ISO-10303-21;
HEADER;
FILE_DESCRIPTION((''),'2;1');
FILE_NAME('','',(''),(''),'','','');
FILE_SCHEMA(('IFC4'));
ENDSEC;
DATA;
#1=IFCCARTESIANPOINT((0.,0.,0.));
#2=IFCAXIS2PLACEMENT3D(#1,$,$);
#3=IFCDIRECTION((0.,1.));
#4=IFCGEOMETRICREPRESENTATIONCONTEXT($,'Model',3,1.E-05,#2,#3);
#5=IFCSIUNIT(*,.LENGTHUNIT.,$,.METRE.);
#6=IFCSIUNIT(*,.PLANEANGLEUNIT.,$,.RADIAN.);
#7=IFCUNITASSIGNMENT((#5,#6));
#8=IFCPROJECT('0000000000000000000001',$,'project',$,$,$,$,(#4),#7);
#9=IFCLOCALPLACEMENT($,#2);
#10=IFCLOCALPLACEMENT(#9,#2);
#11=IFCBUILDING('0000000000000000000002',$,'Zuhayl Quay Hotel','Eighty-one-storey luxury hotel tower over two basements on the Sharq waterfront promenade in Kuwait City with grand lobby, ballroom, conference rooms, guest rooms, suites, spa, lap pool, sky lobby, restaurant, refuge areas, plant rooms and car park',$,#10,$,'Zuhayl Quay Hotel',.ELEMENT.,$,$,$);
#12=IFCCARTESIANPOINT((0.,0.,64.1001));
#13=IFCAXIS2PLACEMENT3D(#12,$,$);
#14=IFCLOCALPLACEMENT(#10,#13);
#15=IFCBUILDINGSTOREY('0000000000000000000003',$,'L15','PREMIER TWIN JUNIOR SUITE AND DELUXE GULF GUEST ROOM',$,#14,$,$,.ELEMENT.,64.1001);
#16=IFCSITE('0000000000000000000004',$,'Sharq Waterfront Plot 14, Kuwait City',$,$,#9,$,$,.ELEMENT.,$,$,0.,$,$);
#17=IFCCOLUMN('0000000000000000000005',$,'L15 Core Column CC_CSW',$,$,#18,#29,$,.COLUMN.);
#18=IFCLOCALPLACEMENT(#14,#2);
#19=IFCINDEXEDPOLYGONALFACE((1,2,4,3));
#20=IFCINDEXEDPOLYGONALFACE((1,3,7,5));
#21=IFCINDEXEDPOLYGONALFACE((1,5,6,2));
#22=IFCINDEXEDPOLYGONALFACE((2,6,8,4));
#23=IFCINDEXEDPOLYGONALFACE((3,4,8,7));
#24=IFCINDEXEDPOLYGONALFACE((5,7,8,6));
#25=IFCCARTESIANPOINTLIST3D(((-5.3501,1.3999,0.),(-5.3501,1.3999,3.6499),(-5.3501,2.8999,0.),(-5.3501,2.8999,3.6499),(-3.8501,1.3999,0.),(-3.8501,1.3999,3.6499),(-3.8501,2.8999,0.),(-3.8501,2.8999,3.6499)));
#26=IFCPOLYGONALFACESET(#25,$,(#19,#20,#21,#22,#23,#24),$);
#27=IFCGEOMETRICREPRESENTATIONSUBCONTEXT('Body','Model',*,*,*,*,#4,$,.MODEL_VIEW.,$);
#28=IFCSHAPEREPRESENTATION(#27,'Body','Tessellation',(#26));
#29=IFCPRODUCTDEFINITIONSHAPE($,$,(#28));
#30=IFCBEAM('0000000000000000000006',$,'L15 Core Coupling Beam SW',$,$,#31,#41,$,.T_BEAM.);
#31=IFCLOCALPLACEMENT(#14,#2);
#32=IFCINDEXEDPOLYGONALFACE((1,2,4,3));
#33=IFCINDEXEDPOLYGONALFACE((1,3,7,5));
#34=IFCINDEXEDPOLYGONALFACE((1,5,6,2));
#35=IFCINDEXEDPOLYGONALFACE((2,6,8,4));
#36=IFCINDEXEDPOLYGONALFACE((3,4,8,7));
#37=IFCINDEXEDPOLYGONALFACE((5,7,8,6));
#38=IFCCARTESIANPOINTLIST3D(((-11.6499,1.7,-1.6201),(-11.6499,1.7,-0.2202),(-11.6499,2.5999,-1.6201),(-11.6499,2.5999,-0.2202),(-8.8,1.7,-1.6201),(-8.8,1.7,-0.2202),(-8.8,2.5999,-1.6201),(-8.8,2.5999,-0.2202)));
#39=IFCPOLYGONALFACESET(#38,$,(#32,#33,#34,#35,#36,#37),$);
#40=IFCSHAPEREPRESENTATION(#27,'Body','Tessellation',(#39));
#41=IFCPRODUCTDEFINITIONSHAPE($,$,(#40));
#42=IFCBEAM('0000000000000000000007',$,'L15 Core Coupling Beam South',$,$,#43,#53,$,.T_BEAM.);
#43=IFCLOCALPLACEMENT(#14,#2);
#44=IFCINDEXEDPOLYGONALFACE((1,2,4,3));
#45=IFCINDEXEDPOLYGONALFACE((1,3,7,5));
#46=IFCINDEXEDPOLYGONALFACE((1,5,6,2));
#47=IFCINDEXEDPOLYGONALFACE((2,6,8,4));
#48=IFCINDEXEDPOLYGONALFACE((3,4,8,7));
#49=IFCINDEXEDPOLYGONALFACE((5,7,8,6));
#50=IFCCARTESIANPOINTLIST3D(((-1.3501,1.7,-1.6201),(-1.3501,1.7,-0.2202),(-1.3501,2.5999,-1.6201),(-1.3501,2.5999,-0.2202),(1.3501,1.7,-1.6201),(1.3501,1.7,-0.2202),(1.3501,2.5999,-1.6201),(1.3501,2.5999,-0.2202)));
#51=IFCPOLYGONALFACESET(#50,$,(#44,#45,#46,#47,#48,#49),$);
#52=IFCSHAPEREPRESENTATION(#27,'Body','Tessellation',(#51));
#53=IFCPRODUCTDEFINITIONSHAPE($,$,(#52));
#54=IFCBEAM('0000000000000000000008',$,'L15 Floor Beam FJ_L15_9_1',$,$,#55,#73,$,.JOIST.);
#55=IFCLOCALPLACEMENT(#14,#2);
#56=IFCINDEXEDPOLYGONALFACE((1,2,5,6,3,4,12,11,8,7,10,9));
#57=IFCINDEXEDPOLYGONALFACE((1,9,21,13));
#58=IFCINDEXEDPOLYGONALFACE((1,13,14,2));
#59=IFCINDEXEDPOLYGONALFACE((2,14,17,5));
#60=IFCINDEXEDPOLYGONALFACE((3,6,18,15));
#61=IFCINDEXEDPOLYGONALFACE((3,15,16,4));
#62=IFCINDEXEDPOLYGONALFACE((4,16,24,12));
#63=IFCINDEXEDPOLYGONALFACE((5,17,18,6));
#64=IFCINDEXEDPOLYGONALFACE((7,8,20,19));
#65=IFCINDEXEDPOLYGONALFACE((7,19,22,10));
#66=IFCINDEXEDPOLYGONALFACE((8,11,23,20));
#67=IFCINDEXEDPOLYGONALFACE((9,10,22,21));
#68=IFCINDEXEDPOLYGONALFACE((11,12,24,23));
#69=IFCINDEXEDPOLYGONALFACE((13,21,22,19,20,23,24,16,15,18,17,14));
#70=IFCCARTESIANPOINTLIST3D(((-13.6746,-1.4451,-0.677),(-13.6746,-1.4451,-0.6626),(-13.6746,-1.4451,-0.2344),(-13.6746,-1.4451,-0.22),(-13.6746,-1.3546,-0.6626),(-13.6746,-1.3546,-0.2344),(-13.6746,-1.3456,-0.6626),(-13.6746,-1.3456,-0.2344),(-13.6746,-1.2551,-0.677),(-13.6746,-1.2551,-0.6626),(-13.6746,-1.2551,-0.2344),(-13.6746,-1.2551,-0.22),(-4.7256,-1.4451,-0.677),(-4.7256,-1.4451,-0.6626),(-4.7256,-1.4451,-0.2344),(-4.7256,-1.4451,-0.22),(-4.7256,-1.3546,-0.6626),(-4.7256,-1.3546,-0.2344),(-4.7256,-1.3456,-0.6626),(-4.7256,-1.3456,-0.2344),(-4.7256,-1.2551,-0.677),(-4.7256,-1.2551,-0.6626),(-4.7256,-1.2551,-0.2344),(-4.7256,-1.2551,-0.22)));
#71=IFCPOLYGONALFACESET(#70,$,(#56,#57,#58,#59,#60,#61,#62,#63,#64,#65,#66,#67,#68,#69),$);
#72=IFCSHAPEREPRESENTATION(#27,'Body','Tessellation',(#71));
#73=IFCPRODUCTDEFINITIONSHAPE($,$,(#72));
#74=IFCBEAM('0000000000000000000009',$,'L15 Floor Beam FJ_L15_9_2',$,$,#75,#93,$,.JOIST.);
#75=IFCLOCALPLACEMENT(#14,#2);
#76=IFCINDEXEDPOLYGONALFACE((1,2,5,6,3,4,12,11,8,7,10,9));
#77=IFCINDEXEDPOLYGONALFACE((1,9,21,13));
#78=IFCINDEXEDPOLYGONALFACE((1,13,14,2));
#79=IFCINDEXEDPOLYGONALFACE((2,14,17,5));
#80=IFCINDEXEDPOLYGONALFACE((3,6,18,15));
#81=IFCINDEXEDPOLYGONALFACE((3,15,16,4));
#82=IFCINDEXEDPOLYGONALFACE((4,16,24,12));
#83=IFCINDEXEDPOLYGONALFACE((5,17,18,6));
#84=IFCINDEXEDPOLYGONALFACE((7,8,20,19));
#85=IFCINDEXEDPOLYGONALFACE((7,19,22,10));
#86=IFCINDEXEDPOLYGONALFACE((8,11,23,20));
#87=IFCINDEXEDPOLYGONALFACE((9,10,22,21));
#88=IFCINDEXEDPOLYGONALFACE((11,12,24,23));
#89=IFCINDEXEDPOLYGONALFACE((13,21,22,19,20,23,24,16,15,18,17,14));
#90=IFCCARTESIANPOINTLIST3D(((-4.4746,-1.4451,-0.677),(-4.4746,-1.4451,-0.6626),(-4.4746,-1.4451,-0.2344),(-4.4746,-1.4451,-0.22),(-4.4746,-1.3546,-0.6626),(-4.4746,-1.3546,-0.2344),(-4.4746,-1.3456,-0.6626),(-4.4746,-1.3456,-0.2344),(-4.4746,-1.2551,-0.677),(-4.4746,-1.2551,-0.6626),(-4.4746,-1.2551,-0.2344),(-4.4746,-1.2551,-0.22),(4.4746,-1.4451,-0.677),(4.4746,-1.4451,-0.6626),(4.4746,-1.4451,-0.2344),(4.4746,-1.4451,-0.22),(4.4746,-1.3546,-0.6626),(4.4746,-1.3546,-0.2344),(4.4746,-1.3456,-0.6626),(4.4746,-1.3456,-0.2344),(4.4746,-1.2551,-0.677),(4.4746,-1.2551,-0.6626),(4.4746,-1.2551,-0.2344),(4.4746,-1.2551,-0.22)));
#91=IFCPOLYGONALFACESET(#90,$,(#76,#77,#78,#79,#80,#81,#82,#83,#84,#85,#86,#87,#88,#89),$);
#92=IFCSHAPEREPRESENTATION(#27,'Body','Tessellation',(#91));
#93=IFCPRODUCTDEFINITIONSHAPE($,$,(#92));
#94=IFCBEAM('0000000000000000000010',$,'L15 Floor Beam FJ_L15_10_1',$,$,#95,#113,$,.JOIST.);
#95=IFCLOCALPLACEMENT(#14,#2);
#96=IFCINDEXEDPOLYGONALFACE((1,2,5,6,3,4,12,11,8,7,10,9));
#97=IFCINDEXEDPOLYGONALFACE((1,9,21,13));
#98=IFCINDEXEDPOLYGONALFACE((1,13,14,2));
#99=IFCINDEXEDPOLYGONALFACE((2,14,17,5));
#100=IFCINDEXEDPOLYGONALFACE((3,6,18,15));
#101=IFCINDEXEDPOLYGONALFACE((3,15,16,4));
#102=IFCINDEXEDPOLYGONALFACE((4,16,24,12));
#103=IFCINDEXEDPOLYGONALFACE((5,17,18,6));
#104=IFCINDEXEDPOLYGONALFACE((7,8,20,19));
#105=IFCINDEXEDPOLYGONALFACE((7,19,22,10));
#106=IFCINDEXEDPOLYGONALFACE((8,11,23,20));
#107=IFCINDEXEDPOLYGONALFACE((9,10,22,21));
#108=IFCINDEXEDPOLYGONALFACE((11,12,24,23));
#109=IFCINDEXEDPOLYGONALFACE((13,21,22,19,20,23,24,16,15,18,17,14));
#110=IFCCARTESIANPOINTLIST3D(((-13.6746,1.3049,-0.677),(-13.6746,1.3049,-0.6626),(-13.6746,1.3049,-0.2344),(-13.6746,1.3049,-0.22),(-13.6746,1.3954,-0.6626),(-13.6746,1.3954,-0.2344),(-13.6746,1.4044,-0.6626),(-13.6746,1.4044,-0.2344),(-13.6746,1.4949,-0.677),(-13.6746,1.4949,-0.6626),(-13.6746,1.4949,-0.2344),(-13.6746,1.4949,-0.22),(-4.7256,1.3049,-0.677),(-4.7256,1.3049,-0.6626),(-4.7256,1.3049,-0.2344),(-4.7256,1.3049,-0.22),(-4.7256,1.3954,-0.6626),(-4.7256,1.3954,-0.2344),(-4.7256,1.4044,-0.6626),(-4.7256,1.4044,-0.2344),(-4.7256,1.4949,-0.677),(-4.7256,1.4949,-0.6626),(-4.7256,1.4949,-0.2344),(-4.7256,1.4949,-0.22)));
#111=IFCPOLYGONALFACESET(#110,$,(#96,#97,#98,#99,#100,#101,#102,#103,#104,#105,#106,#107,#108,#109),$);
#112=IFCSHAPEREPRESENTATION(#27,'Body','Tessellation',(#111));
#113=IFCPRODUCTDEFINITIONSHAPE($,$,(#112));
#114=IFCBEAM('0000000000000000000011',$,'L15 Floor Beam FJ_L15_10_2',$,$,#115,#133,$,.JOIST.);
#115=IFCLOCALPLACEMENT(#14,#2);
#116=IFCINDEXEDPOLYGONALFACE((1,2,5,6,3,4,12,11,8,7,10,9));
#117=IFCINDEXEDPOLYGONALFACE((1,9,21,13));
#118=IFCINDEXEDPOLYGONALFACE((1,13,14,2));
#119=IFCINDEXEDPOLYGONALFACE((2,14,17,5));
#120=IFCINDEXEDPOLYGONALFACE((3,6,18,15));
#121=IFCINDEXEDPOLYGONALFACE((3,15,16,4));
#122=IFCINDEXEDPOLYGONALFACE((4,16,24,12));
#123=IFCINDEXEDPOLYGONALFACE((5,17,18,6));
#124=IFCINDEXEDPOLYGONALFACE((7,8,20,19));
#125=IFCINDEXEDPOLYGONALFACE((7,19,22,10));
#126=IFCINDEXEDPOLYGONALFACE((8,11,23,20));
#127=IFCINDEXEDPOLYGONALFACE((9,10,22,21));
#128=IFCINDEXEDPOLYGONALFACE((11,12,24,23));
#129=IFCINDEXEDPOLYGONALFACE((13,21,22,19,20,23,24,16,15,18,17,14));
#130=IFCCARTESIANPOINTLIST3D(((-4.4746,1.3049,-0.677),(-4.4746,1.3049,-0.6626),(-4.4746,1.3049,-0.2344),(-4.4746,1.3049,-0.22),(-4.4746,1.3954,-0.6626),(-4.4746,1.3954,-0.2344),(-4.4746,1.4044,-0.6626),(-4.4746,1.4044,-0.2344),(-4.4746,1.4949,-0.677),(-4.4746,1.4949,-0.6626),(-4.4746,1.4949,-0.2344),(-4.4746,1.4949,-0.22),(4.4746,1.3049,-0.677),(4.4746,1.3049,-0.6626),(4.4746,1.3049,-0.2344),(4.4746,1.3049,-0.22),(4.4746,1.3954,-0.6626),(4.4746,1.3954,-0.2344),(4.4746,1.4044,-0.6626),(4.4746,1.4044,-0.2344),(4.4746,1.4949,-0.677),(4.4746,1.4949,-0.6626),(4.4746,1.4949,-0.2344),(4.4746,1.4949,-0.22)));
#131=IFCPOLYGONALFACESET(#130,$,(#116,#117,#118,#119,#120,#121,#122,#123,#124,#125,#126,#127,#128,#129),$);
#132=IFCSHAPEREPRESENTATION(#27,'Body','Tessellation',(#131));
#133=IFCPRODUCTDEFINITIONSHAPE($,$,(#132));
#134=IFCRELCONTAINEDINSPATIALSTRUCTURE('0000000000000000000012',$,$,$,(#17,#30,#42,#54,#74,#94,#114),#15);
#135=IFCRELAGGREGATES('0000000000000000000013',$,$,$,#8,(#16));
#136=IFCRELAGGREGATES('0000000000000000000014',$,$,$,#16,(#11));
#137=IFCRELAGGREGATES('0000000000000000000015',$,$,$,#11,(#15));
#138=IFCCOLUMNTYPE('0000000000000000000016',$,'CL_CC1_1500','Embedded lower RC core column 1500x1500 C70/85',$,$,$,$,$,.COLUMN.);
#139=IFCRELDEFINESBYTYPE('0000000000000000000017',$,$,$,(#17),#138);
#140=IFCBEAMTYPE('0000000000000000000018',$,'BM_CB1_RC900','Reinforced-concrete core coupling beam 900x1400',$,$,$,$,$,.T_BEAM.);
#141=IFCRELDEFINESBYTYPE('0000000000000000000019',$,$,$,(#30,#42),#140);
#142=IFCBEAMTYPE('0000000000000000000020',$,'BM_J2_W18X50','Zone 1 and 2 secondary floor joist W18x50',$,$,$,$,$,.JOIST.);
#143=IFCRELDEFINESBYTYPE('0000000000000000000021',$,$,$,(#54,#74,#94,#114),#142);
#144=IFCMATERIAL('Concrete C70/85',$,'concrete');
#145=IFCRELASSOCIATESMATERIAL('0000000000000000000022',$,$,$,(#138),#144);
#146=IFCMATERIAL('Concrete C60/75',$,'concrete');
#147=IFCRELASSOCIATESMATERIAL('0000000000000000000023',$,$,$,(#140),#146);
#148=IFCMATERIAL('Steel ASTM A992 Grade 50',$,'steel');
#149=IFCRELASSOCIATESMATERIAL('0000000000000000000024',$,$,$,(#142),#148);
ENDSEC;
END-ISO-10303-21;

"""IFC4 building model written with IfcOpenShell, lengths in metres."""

from ifc_helpers import new_model, si_unit, direction, frame, origin, origin_2d, place, context, subcontext, project, spatial, rectangle, i_section, extrude, material, material_profile, profile_set, type_object, element, save


model = new_model("IFC4")

# Units and contexts
model_context = context("Model", 3, precision=1e-05, world=origin(), true_north=direction((0.0, 1.0)))
body_context = subcontext(model_context, "Body", "Model", "MODEL_VIEW")
ifc_project = project(units=[si_unit("LENGTHUNIT", "METRE"), si_unit("PLANEANGLEUNIT", "RADIAN")], contexts=[model_context])

# Site, building, storey
site_placement = place(None, origin())
site = spatial("IfcSite", under=ifc_project, at=site_placement, Name="Sharq Waterfront Plot 14, Kuwait City", CompositionType="ELEMENT", RefElevation=0.0)
building_placement = place(site_placement, origin())
building = spatial("IfcBuilding", under=site, at=building_placement, Name="Zuhayl Quay Hotel", Description="Eighty-one-storey luxury hotel tower over two basements on the Sharq waterfront promenade in Kuwait City with grand lobby, ballroom, conference rooms, guest rooms, suites, spa, lap pool, sky lobby, restaurant, refuge areas, plant rooms and car park", LongName="Zuhayl Quay Hotel", CompositionType="ELEMENT")
storey_placement = place(building_placement, frame((0.0, 0.0, 64.1001)))
storey = spatial("IfcBuildingStorey", under=building, at=storey_placement, Name="L15", Description="PREMIER TWIN JUNIOR SUITE AND DELUXE GULF GUEST ROOM", CompositionType="ELEMENT", Elevation=64.1001)

# Column
ifc_material_1 = material(Name="Concrete C70/85", Category="concrete")
ifc_material_profile_1 = material_profile(ifc_material_1, rectangle(XDim=1.5, YDim=1.5, at=origin_2d()), Name="RC1500X1500")
ifc_profile_set_1 = profile_set([ifc_material_profile_1], Name="Concrete C70/85")
column_type = type_object("IfcColumnType", Name="CL_CC1_1500", Description="Embedded lower RC core column 1500x1500 C70/85", PredefinedType="COLUMN", material=ifc_profile_set_1)
column_placement = place(storey_placement, frame((-4.6001, 2.1499, 0.0), z_axis=(0.0, 0.0, 1.0), x_axis=(1.0, 0.0, 0.0)))
element("IfcColumn", 1, at=column_placement, inside=storey, type_object=column_type, Name="L15 Core Column CC_CSW", PredefinedType="COLUMN", context=body_context, shape_type="SweptSolid", body=[
    extrude(rectangle(XDim=1.5, YDim=1.5, at=origin_2d()), origin(), (0.0, 0.0, 1.0), 3.6499),
])

# Beams
ifc_material_2 = material(Name="Concrete C60/75", Category="concrete")
ifc_material_profile_2 = material_profile(ifc_material_2, rectangle(XDim=0.8999, YDim=1.3999, at=origin_2d()), Name="RC900X1400")
ifc_profile_set_2 = profile_set([ifc_material_profile_2], Name="Concrete C60/75")
beam_type_1 = type_object("IfcBeamType", Name="BM_CB1_RC900", Description="Reinforced-concrete core coupling beam 900x1400", PredefinedType="T_BEAM", material=ifc_profile_set_2)
beam_1_placement = place(storey_placement, frame((-11.6499, 2.1499, -0.9202), z_axis=(1.0, 0.0, 0.0), x_axis=(0.0, 1.0, 0.0)))
element("IfcBeam", 2, at=beam_1_placement, inside=storey, type_object=beam_type_1, Name="L15 Core Coupling Beam SW", PredefinedType="T_BEAM", context=body_context, shape_type="SweptSolid", body=[
    extrude(rectangle(XDim=0.8999, YDim=1.3999, at=origin_2d()), origin(), (0.0, 0.0, 1.0), 2.8499),
])
beam_2_placement = place(storey_placement, frame((-1.3501, 2.1499, -0.9202), z_axis=(1.0, 0.0, 0.0), x_axis=(0.0, 1.0, 0.0)))
element("IfcBeam", 3, at=beam_2_placement, inside=storey, type_object=beam_type_1, Name="L15 Core Coupling Beam South", PredefinedType="T_BEAM", context=body_context, shape_type="SweptSolid", body=[
    extrude(rectangle(XDim=0.8999, YDim=1.3999, at=origin_2d()), origin(), (0.0, 0.0, 1.0), 2.7002),
])
ifc_material_3 = material(Name="Steel ASTM A992 Grade 50", Category="steel")
ifc_material_profile_3 = material_profile(ifc_material_3, i_section(OverallWidth=0.1899, OverallDepth=0.457, WebThickness=0.009, FlangeThickness=0.0144, at=origin_2d()), Name="W18X50")
ifc_profile_set_3 = profile_set([ifc_material_profile_3], Name="Steel ASTM A992 Grade 50")
beam_type_2 = type_object("IfcBeamType", Name="BM_J2_W18X50", Description="Zone 1 and 2 secondary floor joist W18x50", PredefinedType="JOIST", material=ifc_profile_set_3)
beam_3_placement = place(storey_placement, frame((-13.6746, -1.3501, -0.4485), z_axis=(1.0, 0.0, 0.0), x_axis=(0.0, 1.0, 0.0)))
element("IfcBeam", 4, at=beam_3_placement, inside=storey, type_object=beam_type_2, Name="L15 Floor Beam FJ_L15_9_1", PredefinedType="JOIST", context=body_context, shape_type="SweptSolid", body=[
    extrude(i_section(OverallWidth=0.1899, OverallDepth=0.457, WebThickness=0.009, FlangeThickness=0.0144, at=origin_2d()), origin(), (0.0, 0.0, 1.0), 8.949),
])
beam_4_placement = place(storey_placement, frame((-4.4746, -1.3501, -0.4485), z_axis=(1.0, 0.0, 0.0), x_axis=(0.0, 1.0, 0.0)))
element("IfcBeam", 5, at=beam_4_placement, inside=storey, type_object=beam_type_2, Name="L15 Floor Beam FJ_L15_9_2", PredefinedType="JOIST", context=body_context, shape_type="SweptSolid", body=[
    extrude(i_section(OverallWidth=0.1899, OverallDepth=0.457, WebThickness=0.009, FlangeThickness=0.0144, at=origin_2d()), origin(), (0.0, 0.0, 1.0), 8.9492),
])
beam_5_placement = place(storey_placement, frame((-13.6746, 1.3999, -0.4485), z_axis=(1.0, 0.0, 0.0), x_axis=(0.0, 1.0, 0.0)))
element("IfcBeam", 6, at=beam_5_placement, inside=storey, type_object=beam_type_2, Name="L15 Floor Beam FJ_L15_10_1", PredefinedType="JOIST", context=body_context, shape_type="SweptSolid", body=[
    extrude(i_section(OverallWidth=0.1899, OverallDepth=0.457, WebThickness=0.009, FlangeThickness=0.0144, at=origin_2d()), origin(), (0.0, 0.0, 1.0), 8.949),
])
beam_6_placement = place(storey_placement, frame((-4.4746, 1.3999, -0.4485), z_axis=(1.0, 0.0, 0.0), x_axis=(0.0, 1.0, 0.0)))
element("IfcBeam", 7, at=beam_6_placement, inside=storey, type_object=beam_type_2, Name="L15 Floor Beam FJ_L15_10_2", PredefinedType="JOIST", context=body_context, shape_type="SweptSolid", body=[
    extrude(i_section(OverallWidth=0.1899, OverallDepth=0.457, WebThickness=0.009, FlangeThickness=0.0144, at=origin_2d()), origin(), (0.0, 0.0, 1.0), 8.9492),
])

save(model, "model.ifc")
